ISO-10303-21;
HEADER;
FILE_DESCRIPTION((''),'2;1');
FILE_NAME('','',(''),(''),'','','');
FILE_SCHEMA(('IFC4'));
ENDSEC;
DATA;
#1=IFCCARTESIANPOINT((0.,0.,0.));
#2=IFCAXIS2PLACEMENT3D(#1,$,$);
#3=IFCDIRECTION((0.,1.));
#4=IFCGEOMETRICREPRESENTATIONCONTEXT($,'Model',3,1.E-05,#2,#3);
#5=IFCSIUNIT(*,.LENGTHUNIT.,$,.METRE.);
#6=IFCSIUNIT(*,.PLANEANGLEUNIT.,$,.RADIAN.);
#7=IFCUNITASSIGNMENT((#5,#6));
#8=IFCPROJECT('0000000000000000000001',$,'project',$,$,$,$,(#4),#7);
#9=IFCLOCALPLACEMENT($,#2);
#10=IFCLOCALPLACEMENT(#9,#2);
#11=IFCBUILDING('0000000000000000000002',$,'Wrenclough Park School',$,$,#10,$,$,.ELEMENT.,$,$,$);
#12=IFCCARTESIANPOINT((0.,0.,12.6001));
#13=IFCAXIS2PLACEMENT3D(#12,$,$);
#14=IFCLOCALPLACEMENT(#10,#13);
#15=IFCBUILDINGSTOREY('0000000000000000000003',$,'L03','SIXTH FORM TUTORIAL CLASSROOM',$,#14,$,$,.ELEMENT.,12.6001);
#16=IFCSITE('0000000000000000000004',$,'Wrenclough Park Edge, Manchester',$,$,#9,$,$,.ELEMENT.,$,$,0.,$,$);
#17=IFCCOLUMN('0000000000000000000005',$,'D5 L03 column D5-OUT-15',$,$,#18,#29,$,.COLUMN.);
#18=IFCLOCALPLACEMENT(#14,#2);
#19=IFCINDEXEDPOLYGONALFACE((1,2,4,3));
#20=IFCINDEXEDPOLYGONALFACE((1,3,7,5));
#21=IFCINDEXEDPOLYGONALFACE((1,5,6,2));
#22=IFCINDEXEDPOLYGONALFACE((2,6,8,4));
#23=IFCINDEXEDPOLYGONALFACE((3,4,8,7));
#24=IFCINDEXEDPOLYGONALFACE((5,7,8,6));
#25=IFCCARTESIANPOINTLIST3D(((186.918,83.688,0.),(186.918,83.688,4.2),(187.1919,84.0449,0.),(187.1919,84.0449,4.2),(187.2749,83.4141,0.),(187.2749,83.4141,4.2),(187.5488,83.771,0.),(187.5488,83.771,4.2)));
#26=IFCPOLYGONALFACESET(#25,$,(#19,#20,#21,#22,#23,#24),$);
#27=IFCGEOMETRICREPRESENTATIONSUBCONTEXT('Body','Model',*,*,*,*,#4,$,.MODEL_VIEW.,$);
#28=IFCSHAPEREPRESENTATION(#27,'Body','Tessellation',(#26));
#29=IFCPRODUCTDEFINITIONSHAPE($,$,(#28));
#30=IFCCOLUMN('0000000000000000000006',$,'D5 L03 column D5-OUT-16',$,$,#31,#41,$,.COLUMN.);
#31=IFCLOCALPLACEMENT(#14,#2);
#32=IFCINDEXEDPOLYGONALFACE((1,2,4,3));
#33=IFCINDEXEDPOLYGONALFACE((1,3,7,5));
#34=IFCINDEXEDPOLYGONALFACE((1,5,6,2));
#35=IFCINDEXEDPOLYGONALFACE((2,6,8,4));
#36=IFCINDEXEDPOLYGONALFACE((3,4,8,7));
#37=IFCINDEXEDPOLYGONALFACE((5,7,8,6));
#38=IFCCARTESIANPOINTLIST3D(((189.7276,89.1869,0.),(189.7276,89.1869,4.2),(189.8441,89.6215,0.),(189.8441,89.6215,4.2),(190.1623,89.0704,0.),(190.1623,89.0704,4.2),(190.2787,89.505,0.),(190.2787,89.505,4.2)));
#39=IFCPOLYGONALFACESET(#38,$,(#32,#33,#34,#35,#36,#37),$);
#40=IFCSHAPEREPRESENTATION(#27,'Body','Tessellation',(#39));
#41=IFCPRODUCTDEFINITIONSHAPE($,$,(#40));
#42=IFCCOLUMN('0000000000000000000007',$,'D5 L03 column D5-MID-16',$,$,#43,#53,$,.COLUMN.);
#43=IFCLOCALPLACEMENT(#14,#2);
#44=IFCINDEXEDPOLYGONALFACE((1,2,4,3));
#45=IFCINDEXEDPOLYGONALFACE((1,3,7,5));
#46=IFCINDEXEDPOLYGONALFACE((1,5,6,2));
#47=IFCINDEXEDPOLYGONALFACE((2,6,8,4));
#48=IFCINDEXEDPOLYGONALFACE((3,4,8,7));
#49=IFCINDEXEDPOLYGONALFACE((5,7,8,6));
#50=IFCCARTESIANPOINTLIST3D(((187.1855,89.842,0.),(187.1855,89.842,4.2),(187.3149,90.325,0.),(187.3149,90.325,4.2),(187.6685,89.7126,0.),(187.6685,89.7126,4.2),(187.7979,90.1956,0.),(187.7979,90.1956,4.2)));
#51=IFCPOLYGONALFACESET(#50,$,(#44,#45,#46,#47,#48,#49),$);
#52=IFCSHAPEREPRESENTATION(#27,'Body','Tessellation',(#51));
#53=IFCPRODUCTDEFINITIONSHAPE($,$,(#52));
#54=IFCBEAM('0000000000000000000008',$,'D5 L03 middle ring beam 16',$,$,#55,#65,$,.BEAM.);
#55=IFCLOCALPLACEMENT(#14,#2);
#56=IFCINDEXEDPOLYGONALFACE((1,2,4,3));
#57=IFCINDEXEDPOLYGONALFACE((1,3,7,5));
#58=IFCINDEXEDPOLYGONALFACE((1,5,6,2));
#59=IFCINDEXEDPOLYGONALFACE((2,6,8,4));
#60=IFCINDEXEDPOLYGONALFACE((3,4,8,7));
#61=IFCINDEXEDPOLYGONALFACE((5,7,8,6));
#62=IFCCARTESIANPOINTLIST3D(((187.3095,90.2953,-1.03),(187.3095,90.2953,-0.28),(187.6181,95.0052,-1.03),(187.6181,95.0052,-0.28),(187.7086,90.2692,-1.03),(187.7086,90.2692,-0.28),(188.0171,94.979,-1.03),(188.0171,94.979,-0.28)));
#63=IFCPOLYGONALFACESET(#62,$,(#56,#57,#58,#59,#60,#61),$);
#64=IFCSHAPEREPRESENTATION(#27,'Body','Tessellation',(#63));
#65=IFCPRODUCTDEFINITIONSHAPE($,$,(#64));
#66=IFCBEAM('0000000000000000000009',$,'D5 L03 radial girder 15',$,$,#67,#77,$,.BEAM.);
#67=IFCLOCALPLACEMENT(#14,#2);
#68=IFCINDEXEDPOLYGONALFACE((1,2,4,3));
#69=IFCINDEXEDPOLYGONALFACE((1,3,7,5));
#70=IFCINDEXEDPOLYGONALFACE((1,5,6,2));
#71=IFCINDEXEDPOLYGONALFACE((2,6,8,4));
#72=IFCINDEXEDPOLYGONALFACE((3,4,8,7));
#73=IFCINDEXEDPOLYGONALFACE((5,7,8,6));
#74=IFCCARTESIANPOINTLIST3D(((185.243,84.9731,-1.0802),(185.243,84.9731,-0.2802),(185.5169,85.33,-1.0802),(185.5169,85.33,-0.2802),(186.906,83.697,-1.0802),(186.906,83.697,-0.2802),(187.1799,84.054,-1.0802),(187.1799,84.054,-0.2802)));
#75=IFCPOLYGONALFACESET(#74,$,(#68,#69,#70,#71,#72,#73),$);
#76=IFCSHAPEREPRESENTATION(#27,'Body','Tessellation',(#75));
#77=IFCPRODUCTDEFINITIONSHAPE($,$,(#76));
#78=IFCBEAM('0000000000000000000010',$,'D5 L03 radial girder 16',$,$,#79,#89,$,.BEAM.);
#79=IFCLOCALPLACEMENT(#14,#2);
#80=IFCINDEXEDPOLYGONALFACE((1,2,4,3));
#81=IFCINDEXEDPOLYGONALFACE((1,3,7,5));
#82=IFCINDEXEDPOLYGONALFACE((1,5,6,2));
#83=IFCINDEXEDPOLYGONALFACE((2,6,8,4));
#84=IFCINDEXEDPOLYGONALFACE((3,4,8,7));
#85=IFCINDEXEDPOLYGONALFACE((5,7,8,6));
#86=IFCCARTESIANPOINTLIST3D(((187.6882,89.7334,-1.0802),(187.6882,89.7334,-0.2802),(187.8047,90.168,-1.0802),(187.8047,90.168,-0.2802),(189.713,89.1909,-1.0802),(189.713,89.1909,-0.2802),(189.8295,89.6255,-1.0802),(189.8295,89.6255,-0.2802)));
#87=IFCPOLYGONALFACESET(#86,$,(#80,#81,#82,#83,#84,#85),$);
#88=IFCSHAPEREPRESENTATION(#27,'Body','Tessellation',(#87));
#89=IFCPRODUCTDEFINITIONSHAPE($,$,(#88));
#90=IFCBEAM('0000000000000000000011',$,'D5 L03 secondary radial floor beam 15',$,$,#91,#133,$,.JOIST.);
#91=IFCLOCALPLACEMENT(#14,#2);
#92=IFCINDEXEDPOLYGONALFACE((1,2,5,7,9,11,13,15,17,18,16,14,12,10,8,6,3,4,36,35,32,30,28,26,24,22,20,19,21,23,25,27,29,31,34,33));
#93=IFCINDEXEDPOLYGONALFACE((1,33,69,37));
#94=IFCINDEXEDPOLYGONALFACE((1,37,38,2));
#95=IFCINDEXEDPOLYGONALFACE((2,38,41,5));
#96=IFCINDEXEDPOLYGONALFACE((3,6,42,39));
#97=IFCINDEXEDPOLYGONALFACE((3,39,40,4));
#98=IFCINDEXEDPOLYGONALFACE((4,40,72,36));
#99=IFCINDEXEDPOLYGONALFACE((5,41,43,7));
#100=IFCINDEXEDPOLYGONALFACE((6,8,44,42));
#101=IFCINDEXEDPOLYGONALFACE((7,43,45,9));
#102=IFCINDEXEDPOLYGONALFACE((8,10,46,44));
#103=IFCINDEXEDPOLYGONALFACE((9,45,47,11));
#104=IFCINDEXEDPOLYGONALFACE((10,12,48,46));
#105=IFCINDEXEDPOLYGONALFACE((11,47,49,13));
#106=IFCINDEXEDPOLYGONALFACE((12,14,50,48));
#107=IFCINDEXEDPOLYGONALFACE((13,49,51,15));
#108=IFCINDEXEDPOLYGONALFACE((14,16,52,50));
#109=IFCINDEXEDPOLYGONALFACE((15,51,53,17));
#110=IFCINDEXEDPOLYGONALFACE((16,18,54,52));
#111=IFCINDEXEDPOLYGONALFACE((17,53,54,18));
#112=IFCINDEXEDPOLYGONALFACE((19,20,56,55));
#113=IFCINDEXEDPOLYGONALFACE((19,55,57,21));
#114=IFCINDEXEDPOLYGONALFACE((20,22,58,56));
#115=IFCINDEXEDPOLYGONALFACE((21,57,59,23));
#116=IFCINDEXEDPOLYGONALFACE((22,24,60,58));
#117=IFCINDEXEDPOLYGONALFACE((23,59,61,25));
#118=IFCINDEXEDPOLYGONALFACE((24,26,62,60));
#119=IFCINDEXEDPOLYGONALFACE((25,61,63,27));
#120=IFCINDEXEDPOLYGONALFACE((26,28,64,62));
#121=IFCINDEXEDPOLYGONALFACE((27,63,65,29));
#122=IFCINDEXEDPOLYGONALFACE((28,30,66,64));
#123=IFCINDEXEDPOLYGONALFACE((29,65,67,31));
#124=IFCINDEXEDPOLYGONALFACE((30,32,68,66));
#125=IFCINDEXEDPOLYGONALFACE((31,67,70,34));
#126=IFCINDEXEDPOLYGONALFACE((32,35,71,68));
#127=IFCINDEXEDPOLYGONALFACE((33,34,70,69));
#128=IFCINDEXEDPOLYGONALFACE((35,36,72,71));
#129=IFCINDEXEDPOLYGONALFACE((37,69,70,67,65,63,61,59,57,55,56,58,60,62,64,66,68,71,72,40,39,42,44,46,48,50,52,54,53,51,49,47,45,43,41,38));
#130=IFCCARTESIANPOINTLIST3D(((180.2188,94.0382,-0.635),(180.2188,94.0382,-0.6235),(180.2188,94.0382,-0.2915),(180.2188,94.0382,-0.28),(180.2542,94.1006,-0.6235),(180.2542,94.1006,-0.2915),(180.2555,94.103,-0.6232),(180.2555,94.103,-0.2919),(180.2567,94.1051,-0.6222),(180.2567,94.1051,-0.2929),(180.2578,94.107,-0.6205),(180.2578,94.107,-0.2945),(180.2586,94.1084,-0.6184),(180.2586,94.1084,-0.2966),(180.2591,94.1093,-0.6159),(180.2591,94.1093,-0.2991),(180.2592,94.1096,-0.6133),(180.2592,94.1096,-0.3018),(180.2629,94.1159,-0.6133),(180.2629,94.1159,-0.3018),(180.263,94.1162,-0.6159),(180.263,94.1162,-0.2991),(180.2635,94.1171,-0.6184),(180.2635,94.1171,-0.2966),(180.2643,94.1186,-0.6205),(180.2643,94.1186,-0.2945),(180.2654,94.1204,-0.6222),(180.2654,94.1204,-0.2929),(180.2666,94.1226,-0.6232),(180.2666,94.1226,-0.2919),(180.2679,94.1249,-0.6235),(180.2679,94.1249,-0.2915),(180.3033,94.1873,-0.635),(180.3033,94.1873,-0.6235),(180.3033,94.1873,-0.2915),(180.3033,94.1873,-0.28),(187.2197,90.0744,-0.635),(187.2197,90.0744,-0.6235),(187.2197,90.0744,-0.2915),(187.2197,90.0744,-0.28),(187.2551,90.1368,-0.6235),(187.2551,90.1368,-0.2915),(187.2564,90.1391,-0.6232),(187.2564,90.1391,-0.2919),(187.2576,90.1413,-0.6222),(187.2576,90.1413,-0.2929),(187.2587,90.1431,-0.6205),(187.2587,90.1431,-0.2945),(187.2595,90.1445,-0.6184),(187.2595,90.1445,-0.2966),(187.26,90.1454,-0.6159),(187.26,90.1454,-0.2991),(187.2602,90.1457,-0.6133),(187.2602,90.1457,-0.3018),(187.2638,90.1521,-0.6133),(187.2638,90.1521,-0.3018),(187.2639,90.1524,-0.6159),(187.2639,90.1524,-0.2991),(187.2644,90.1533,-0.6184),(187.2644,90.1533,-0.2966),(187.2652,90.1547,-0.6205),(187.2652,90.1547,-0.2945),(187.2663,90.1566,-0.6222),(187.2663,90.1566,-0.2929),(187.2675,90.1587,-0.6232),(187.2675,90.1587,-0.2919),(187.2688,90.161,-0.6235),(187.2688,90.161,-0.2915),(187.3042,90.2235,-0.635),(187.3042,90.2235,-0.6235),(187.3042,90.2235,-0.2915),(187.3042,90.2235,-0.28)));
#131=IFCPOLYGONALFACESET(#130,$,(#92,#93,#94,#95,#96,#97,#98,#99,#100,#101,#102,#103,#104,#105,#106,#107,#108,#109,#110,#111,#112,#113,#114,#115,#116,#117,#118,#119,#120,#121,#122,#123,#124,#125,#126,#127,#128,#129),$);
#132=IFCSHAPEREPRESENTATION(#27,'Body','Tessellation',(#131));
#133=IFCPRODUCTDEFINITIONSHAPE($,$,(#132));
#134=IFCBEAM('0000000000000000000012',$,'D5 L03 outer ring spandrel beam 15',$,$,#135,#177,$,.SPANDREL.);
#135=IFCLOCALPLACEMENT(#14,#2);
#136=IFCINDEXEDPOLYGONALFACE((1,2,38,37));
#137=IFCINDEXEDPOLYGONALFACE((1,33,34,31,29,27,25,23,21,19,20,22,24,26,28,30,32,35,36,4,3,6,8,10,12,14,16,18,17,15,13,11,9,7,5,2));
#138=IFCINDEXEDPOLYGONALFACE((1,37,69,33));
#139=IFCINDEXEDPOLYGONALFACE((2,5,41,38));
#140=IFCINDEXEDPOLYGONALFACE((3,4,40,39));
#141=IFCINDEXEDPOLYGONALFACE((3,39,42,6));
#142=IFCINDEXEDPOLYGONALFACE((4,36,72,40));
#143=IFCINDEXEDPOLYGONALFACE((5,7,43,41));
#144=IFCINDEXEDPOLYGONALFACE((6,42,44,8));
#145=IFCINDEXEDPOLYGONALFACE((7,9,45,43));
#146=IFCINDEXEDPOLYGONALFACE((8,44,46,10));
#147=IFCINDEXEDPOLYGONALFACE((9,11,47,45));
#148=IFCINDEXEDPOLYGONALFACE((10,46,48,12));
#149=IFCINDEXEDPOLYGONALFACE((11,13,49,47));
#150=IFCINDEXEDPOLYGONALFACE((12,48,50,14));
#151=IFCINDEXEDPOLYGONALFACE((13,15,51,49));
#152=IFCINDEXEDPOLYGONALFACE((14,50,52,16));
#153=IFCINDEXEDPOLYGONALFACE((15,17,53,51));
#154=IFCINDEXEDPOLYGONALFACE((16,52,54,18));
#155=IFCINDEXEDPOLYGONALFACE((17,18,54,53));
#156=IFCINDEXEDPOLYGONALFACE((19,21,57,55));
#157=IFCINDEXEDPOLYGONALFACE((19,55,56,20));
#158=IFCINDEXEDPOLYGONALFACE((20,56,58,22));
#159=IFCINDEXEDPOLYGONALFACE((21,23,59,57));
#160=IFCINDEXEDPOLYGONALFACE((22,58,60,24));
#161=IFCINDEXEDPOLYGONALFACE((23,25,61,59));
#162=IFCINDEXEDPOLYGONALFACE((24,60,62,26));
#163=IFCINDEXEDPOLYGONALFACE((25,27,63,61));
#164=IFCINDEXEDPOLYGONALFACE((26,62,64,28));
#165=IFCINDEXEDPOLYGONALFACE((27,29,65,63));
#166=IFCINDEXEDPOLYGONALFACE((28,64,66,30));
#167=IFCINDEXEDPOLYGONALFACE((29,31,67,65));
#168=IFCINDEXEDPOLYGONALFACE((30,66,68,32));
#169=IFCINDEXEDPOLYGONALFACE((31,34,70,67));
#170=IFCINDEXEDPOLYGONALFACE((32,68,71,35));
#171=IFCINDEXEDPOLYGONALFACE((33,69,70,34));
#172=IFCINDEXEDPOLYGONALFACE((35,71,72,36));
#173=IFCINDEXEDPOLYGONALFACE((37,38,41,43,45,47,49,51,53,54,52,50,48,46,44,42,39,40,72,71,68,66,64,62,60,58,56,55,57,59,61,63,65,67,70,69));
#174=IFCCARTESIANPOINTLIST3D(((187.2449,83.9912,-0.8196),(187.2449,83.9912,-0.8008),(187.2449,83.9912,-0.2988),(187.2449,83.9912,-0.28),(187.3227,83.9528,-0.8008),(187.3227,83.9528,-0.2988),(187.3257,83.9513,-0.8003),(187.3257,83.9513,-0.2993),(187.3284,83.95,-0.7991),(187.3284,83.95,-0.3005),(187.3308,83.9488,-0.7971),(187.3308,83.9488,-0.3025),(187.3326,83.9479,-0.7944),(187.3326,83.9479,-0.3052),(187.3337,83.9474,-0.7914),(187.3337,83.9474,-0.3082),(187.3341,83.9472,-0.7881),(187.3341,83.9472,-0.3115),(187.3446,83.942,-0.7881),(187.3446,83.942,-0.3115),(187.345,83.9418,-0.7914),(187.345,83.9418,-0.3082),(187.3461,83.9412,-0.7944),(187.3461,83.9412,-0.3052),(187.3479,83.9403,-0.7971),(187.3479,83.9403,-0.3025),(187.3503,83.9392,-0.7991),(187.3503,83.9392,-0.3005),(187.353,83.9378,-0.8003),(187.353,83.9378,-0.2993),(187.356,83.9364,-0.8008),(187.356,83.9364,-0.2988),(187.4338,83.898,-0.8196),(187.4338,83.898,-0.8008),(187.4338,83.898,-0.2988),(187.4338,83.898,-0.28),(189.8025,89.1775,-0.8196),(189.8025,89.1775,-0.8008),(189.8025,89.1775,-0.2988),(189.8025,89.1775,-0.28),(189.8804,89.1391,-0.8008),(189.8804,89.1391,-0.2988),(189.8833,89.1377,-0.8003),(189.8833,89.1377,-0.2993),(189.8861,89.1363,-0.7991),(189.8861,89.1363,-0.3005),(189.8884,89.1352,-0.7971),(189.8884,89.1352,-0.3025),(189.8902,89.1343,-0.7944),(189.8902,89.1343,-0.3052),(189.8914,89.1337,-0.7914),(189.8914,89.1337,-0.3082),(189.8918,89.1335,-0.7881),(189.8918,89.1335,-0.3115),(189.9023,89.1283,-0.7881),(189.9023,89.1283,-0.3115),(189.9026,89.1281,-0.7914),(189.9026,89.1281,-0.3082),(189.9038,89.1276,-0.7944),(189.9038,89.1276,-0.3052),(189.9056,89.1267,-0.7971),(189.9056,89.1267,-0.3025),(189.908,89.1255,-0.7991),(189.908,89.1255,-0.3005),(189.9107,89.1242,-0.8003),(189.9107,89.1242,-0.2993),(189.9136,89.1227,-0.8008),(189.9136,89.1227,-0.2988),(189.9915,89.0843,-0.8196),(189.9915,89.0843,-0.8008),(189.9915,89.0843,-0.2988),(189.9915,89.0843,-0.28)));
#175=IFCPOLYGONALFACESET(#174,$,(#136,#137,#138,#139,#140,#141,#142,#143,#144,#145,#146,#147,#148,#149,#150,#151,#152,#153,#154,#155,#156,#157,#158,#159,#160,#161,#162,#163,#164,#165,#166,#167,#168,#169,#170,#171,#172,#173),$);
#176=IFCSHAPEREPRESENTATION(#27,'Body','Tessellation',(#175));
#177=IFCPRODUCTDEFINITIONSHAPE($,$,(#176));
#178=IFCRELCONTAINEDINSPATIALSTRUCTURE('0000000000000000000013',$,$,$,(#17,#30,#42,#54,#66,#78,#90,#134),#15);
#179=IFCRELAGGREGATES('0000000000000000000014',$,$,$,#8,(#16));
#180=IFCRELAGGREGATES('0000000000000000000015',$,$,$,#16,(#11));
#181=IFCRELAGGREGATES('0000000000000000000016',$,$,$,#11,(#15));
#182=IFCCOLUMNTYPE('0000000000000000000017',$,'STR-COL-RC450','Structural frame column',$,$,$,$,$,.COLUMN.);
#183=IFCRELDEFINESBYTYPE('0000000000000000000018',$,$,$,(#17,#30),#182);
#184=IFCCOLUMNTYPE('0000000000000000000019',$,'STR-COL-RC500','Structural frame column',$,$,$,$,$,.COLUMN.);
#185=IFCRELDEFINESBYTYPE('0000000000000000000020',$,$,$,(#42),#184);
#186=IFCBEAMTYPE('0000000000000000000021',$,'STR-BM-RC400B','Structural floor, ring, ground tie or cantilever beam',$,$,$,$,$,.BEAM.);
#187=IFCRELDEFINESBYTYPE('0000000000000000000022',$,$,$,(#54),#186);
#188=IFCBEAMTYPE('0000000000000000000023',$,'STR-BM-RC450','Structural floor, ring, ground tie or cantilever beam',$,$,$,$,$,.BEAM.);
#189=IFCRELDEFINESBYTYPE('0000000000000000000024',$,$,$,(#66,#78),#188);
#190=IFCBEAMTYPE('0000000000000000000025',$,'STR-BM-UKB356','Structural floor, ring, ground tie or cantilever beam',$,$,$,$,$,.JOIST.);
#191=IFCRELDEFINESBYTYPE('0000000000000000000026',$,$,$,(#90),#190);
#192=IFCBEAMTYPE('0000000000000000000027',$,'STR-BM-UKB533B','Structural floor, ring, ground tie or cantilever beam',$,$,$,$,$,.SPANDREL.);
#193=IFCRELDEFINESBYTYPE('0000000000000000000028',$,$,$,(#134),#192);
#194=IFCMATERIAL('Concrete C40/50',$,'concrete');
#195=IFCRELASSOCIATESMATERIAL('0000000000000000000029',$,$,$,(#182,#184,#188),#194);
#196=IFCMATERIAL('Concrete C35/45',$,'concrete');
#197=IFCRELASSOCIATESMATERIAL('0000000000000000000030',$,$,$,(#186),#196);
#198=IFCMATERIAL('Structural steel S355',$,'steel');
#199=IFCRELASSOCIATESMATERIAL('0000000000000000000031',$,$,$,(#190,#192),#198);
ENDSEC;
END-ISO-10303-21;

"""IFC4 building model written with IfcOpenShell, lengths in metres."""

from ifc_helpers import new_model, si_unit, direction, frame, origin, origin_2d, place, context, subcontext, project, spatial, rectangle, i_section, extrude, material, material_profile, profile_set, type_object, element, save


model = new_model("IFC4")

# Units and contexts
model_context = context("Model", 3, precision=1e-05, world=origin(), true_north=direction((0.0, 1.0)))
body_context = subcontext(model_context, "Body", "Model", "MODEL_VIEW")
ifc_project = project(units=[si_unit("LENGTHUNIT", "METRE"), si_unit("PLANEANGLEUNIT", "RADIAN")], contexts=[model_context])

# Site, building, storey
site_placement = place(None, origin())
site = spatial("IfcSite", under=ifc_project, at=site_placement, Name="Wrenclough Park Edge, Manchester", CompositionType="ELEMENT", RefElevation=0.0)
building_placement = place(site_placement, origin())
building = spatial("IfcBuilding", under=site, at=building_placement, Name="Wrenclough Park School", CompositionType="ELEMENT")
storey_placement = place(building_placement, frame((0.0, 0.0, 12.6001)))
storey = spatial("IfcBuildingStorey", under=building, at=storey_placement, Name="L03", Description="SIXTH FORM TUTORIAL CLASSROOM", CompositionType="ELEMENT", Elevation=12.6001)

# Columns
ifc_material_1 = material(Name="Concrete C40/50", Category="concrete")
ifc_material_profile_1 = material_profile(ifc_material_1, rectangle(XDim=0.45, YDim=0.45, at=origin_2d()), Name="RC COL 450x450")
ifc_profile_set_1 = profile_set([ifc_material_profile_1], Name="Concrete C40/50")
column_type_1 = type_object("IfcColumnType", Name="STR-COL-RC450", Description="Structural frame column", PredefinedType="COLUMN", material=ifc_profile_set_1)
for number, where, z_axis, x_axis, name in (
    (1, (187.2334, 83.7295, 0.0), (0.0, 0.0, 1.0), (0.608761, 0.793353, 0.0), "D5 L03 column D5-OUT-15"),
    (2, (190.0032, 89.3459, 0.0), (0.0, 0.0, 1.0), (0.258819, 0.965926, 0.0), "D5 L03 column D5-OUT-16"),
):
    element("IfcColumn", number, at=place(storey_placement, frame(where, z_axis=z_axis, x_axis=x_axis)), inside=storey, type_object=column_type_1, Name=name, PredefinedType="COLUMN", context=body_context, shape_type="SweptSolid", body=[
        extrude(rectangle(XDim=0.45, YDim=0.45, at=origin_2d()), origin(), (0.0, 0.0, 1.0), 4.2),
    ])
ifc_material_profile_2 = material_profile(ifc_material_1, rectangle(XDim=0.5, YDim=0.5, at=origin_2d()), Name="RC COL 500x500")
ifc_profile_set_2 = profile_set([ifc_material_profile_2], Name="Concrete C40/50")
column_type_2 = type_object("IfcColumnType", Name="STR-COL-RC500", Description="Structural frame column", PredefinedType="COLUMN", material=ifc_profile_set_2)
column_placement = place(storey_placement, frame((187.4917, 90.0188, 0.0), z_axis=(0.0, 0.0, 1.0), x_axis=(0.258819, 0.965926, 0.0)))
element("IfcColumn", 3, at=column_placement, inside=storey, type_object=column_type_2, Name="D5 L03 column D5-MID-16", PredefinedType="COLUMN", context=body_context, shape_type="SweptSolid", body=[
    extrude(rectangle(XDim=0.5, YDim=0.5, at=origin_2d()), origin(), (0.0, 0.0, 1.0), 4.2),
])

# Beams
ifc_material_2 = material(Name="Concrete C35/45", Category="concrete")
ifc_material_profile_3 = material_profile(ifc_material_2, rectangle(XDim=0.3999, YDim=0.75, at=origin_2d()), Name="RC BEAM 400x750")
ifc_profile_set_3 = profile_set([ifc_material_profile_3], Name="Concrete C35/45")
beam_type_1 = type_object("IfcBeamType", Name="STR-BM-RC400B", Description="Structural floor, ring, ground tie or cantilever beam", PredefinedType="BEAM", material=ifc_profile_set_3)
beam_1_placement = place(storey_placement, frame((187.509, 90.2822, -0.655), z_axis=(0.065379, 0.99786, 0.0), x_axis=(-0.99786, 0.065379, 0.0)))
element("IfcBeam", 4, at=beam_1_placement, inside=storey, type_object=beam_type_1, Name="D5 L03 middle ring beam 16", PredefinedType="BEAM", context=body_context, shape_type="SweptSolid", body=[
    extrude(rectangle(XDim=0.3999, YDim=0.75, at=origin_2d()), origin(), (0.0, 0.0, 1.0), 4.72),
])
ifc_material_profile_4 = material_profile(ifc_material_1, rectangle(XDim=0.45, YDim=0.8, at=origin_2d()), Name="RC BEAM 450x800")
ifc_profile_set_4 = profile_set([ifc_material_profile_4], Name="Concrete C40/50")
beam_type_2 = type_object("IfcBeamType", Name="STR-BM-RC450", Description="Structural floor, ring, ground tie or cantilever beam", PredefinedType="BEAM", material=ifc_profile_set_4)
for number, where, z_axis, x_axis, name in (
    (5, (187.043, 83.8755, -0.6802), (-0.793355, 0.608759, 0.0), (-0.608759, -0.793355, 0.0), "D5 L03 radial girder 15"),
    (6, (189.7712, 89.4082, -0.6802), (-0.965929, 0.258808, 0.0), (-0.258808, -0.965929, 0.0), "D5 L03 radial girder 16"),
):
    element("IfcBeam", number, at=place(storey_placement, frame(where, z_axis=z_axis, x_axis=x_axis)), inside=storey, type_object=beam_type_2, Name=name, PredefinedType="BEAM", context=body_context, shape_type="SweptSolid", body=[
        extrude(rectangle(XDim=0.45, YDim=0.8, at=origin_2d()), origin(), (0.0, 0.0, 1.0), 2.0962),
    ])
ifc_material_3 = material(Name="Structural steel S355", Category="steel")
ifc_material_profile_5 = material_profile(ifc_material_3, i_section(OverallWidth=0.1714, OverallDepth=0.355, WebThickness=0.0073, FlangeThickness=0.0115, FilletRadius=0.0103, at=origin_2d()), Name="UKB 356x171x51")
ifc_profile_set_5 = profile_set([ifc_material_profile_5], Name="Structural steel S355")
beam_type_3 = type_object("IfcBeamType", Name="STR-BM-UKB356", Description="Structural floor, ring, ground tie or cantilever beam", PredefinedType="JOIST", material=ifc_profile_set_5)
beam_2_placement = place(storey_placement, frame((187.262, 90.1489, -0.4575), z_axis=(-0.870201, 0.492697, 0.0), x_axis=(-0.492697, -0.870201, 0.0)))
element("IfcBeam", 7, at=beam_2_placement, inside=storey, type_object=beam_type_3, Name="D5 L03 secondary radial floor beam 15", PredefinedType="JOIST", context=body_context, shape_type="SweptSolid", body=[
    extrude(i_section(OverallWidth=0.1714, OverallDepth=0.355, WebThickness=0.0073, FlangeThickness=0.0115, FilletRadius=0.0103, at=origin_2d()), origin(), (0.0, 0.0, 1.0), 8.0452),
])
ifc_material_profile_6 = material_profile(ifc_material_3, i_section(OverallWidth=0.2107, OverallDepth=0.5396, WebThickness=0.0117, FlangeThickness=0.0188, FilletRadius=0.0127, at=origin_2d()), Name="UKB 533x210x109")
ifc_profile_set_6 = profile_set([ifc_material_profile_6], Name="Structural steel S355")
beam_type_4 = type_object("IfcBeamType", Name="STR-BM-UKB533B", Description="Structural floor, ring, ground tie or cantilever beam", PredefinedType="SPANDREL", material=ifc_profile_set_6)
beam_3_placement = place(storey_placement, frame((187.3394, 83.9446, -0.5498), z_axis=(0.442292, 0.896871, 0.0), x_axis=(-0.896871, 0.442292, 0.0)))
element("IfcBeam", 8, at=beam_3_placement, inside=storey, type_object=beam_type_4, Name="D5 L03 outer ring spandrel beam 15", PredefinedType="SPANDREL", context=body_context, shape_type="SweptSolid", body=[
    extrude(i_section(OverallWidth=0.2107, OverallDepth=0.5396, WebThickness=0.0117, FlangeThickness=0.0188, FilletRadius=0.0127, at=origin_2d()), origin(), (0.0, 0.0, 1.0), 5.7827),
])

save(model, "model.ifc")
